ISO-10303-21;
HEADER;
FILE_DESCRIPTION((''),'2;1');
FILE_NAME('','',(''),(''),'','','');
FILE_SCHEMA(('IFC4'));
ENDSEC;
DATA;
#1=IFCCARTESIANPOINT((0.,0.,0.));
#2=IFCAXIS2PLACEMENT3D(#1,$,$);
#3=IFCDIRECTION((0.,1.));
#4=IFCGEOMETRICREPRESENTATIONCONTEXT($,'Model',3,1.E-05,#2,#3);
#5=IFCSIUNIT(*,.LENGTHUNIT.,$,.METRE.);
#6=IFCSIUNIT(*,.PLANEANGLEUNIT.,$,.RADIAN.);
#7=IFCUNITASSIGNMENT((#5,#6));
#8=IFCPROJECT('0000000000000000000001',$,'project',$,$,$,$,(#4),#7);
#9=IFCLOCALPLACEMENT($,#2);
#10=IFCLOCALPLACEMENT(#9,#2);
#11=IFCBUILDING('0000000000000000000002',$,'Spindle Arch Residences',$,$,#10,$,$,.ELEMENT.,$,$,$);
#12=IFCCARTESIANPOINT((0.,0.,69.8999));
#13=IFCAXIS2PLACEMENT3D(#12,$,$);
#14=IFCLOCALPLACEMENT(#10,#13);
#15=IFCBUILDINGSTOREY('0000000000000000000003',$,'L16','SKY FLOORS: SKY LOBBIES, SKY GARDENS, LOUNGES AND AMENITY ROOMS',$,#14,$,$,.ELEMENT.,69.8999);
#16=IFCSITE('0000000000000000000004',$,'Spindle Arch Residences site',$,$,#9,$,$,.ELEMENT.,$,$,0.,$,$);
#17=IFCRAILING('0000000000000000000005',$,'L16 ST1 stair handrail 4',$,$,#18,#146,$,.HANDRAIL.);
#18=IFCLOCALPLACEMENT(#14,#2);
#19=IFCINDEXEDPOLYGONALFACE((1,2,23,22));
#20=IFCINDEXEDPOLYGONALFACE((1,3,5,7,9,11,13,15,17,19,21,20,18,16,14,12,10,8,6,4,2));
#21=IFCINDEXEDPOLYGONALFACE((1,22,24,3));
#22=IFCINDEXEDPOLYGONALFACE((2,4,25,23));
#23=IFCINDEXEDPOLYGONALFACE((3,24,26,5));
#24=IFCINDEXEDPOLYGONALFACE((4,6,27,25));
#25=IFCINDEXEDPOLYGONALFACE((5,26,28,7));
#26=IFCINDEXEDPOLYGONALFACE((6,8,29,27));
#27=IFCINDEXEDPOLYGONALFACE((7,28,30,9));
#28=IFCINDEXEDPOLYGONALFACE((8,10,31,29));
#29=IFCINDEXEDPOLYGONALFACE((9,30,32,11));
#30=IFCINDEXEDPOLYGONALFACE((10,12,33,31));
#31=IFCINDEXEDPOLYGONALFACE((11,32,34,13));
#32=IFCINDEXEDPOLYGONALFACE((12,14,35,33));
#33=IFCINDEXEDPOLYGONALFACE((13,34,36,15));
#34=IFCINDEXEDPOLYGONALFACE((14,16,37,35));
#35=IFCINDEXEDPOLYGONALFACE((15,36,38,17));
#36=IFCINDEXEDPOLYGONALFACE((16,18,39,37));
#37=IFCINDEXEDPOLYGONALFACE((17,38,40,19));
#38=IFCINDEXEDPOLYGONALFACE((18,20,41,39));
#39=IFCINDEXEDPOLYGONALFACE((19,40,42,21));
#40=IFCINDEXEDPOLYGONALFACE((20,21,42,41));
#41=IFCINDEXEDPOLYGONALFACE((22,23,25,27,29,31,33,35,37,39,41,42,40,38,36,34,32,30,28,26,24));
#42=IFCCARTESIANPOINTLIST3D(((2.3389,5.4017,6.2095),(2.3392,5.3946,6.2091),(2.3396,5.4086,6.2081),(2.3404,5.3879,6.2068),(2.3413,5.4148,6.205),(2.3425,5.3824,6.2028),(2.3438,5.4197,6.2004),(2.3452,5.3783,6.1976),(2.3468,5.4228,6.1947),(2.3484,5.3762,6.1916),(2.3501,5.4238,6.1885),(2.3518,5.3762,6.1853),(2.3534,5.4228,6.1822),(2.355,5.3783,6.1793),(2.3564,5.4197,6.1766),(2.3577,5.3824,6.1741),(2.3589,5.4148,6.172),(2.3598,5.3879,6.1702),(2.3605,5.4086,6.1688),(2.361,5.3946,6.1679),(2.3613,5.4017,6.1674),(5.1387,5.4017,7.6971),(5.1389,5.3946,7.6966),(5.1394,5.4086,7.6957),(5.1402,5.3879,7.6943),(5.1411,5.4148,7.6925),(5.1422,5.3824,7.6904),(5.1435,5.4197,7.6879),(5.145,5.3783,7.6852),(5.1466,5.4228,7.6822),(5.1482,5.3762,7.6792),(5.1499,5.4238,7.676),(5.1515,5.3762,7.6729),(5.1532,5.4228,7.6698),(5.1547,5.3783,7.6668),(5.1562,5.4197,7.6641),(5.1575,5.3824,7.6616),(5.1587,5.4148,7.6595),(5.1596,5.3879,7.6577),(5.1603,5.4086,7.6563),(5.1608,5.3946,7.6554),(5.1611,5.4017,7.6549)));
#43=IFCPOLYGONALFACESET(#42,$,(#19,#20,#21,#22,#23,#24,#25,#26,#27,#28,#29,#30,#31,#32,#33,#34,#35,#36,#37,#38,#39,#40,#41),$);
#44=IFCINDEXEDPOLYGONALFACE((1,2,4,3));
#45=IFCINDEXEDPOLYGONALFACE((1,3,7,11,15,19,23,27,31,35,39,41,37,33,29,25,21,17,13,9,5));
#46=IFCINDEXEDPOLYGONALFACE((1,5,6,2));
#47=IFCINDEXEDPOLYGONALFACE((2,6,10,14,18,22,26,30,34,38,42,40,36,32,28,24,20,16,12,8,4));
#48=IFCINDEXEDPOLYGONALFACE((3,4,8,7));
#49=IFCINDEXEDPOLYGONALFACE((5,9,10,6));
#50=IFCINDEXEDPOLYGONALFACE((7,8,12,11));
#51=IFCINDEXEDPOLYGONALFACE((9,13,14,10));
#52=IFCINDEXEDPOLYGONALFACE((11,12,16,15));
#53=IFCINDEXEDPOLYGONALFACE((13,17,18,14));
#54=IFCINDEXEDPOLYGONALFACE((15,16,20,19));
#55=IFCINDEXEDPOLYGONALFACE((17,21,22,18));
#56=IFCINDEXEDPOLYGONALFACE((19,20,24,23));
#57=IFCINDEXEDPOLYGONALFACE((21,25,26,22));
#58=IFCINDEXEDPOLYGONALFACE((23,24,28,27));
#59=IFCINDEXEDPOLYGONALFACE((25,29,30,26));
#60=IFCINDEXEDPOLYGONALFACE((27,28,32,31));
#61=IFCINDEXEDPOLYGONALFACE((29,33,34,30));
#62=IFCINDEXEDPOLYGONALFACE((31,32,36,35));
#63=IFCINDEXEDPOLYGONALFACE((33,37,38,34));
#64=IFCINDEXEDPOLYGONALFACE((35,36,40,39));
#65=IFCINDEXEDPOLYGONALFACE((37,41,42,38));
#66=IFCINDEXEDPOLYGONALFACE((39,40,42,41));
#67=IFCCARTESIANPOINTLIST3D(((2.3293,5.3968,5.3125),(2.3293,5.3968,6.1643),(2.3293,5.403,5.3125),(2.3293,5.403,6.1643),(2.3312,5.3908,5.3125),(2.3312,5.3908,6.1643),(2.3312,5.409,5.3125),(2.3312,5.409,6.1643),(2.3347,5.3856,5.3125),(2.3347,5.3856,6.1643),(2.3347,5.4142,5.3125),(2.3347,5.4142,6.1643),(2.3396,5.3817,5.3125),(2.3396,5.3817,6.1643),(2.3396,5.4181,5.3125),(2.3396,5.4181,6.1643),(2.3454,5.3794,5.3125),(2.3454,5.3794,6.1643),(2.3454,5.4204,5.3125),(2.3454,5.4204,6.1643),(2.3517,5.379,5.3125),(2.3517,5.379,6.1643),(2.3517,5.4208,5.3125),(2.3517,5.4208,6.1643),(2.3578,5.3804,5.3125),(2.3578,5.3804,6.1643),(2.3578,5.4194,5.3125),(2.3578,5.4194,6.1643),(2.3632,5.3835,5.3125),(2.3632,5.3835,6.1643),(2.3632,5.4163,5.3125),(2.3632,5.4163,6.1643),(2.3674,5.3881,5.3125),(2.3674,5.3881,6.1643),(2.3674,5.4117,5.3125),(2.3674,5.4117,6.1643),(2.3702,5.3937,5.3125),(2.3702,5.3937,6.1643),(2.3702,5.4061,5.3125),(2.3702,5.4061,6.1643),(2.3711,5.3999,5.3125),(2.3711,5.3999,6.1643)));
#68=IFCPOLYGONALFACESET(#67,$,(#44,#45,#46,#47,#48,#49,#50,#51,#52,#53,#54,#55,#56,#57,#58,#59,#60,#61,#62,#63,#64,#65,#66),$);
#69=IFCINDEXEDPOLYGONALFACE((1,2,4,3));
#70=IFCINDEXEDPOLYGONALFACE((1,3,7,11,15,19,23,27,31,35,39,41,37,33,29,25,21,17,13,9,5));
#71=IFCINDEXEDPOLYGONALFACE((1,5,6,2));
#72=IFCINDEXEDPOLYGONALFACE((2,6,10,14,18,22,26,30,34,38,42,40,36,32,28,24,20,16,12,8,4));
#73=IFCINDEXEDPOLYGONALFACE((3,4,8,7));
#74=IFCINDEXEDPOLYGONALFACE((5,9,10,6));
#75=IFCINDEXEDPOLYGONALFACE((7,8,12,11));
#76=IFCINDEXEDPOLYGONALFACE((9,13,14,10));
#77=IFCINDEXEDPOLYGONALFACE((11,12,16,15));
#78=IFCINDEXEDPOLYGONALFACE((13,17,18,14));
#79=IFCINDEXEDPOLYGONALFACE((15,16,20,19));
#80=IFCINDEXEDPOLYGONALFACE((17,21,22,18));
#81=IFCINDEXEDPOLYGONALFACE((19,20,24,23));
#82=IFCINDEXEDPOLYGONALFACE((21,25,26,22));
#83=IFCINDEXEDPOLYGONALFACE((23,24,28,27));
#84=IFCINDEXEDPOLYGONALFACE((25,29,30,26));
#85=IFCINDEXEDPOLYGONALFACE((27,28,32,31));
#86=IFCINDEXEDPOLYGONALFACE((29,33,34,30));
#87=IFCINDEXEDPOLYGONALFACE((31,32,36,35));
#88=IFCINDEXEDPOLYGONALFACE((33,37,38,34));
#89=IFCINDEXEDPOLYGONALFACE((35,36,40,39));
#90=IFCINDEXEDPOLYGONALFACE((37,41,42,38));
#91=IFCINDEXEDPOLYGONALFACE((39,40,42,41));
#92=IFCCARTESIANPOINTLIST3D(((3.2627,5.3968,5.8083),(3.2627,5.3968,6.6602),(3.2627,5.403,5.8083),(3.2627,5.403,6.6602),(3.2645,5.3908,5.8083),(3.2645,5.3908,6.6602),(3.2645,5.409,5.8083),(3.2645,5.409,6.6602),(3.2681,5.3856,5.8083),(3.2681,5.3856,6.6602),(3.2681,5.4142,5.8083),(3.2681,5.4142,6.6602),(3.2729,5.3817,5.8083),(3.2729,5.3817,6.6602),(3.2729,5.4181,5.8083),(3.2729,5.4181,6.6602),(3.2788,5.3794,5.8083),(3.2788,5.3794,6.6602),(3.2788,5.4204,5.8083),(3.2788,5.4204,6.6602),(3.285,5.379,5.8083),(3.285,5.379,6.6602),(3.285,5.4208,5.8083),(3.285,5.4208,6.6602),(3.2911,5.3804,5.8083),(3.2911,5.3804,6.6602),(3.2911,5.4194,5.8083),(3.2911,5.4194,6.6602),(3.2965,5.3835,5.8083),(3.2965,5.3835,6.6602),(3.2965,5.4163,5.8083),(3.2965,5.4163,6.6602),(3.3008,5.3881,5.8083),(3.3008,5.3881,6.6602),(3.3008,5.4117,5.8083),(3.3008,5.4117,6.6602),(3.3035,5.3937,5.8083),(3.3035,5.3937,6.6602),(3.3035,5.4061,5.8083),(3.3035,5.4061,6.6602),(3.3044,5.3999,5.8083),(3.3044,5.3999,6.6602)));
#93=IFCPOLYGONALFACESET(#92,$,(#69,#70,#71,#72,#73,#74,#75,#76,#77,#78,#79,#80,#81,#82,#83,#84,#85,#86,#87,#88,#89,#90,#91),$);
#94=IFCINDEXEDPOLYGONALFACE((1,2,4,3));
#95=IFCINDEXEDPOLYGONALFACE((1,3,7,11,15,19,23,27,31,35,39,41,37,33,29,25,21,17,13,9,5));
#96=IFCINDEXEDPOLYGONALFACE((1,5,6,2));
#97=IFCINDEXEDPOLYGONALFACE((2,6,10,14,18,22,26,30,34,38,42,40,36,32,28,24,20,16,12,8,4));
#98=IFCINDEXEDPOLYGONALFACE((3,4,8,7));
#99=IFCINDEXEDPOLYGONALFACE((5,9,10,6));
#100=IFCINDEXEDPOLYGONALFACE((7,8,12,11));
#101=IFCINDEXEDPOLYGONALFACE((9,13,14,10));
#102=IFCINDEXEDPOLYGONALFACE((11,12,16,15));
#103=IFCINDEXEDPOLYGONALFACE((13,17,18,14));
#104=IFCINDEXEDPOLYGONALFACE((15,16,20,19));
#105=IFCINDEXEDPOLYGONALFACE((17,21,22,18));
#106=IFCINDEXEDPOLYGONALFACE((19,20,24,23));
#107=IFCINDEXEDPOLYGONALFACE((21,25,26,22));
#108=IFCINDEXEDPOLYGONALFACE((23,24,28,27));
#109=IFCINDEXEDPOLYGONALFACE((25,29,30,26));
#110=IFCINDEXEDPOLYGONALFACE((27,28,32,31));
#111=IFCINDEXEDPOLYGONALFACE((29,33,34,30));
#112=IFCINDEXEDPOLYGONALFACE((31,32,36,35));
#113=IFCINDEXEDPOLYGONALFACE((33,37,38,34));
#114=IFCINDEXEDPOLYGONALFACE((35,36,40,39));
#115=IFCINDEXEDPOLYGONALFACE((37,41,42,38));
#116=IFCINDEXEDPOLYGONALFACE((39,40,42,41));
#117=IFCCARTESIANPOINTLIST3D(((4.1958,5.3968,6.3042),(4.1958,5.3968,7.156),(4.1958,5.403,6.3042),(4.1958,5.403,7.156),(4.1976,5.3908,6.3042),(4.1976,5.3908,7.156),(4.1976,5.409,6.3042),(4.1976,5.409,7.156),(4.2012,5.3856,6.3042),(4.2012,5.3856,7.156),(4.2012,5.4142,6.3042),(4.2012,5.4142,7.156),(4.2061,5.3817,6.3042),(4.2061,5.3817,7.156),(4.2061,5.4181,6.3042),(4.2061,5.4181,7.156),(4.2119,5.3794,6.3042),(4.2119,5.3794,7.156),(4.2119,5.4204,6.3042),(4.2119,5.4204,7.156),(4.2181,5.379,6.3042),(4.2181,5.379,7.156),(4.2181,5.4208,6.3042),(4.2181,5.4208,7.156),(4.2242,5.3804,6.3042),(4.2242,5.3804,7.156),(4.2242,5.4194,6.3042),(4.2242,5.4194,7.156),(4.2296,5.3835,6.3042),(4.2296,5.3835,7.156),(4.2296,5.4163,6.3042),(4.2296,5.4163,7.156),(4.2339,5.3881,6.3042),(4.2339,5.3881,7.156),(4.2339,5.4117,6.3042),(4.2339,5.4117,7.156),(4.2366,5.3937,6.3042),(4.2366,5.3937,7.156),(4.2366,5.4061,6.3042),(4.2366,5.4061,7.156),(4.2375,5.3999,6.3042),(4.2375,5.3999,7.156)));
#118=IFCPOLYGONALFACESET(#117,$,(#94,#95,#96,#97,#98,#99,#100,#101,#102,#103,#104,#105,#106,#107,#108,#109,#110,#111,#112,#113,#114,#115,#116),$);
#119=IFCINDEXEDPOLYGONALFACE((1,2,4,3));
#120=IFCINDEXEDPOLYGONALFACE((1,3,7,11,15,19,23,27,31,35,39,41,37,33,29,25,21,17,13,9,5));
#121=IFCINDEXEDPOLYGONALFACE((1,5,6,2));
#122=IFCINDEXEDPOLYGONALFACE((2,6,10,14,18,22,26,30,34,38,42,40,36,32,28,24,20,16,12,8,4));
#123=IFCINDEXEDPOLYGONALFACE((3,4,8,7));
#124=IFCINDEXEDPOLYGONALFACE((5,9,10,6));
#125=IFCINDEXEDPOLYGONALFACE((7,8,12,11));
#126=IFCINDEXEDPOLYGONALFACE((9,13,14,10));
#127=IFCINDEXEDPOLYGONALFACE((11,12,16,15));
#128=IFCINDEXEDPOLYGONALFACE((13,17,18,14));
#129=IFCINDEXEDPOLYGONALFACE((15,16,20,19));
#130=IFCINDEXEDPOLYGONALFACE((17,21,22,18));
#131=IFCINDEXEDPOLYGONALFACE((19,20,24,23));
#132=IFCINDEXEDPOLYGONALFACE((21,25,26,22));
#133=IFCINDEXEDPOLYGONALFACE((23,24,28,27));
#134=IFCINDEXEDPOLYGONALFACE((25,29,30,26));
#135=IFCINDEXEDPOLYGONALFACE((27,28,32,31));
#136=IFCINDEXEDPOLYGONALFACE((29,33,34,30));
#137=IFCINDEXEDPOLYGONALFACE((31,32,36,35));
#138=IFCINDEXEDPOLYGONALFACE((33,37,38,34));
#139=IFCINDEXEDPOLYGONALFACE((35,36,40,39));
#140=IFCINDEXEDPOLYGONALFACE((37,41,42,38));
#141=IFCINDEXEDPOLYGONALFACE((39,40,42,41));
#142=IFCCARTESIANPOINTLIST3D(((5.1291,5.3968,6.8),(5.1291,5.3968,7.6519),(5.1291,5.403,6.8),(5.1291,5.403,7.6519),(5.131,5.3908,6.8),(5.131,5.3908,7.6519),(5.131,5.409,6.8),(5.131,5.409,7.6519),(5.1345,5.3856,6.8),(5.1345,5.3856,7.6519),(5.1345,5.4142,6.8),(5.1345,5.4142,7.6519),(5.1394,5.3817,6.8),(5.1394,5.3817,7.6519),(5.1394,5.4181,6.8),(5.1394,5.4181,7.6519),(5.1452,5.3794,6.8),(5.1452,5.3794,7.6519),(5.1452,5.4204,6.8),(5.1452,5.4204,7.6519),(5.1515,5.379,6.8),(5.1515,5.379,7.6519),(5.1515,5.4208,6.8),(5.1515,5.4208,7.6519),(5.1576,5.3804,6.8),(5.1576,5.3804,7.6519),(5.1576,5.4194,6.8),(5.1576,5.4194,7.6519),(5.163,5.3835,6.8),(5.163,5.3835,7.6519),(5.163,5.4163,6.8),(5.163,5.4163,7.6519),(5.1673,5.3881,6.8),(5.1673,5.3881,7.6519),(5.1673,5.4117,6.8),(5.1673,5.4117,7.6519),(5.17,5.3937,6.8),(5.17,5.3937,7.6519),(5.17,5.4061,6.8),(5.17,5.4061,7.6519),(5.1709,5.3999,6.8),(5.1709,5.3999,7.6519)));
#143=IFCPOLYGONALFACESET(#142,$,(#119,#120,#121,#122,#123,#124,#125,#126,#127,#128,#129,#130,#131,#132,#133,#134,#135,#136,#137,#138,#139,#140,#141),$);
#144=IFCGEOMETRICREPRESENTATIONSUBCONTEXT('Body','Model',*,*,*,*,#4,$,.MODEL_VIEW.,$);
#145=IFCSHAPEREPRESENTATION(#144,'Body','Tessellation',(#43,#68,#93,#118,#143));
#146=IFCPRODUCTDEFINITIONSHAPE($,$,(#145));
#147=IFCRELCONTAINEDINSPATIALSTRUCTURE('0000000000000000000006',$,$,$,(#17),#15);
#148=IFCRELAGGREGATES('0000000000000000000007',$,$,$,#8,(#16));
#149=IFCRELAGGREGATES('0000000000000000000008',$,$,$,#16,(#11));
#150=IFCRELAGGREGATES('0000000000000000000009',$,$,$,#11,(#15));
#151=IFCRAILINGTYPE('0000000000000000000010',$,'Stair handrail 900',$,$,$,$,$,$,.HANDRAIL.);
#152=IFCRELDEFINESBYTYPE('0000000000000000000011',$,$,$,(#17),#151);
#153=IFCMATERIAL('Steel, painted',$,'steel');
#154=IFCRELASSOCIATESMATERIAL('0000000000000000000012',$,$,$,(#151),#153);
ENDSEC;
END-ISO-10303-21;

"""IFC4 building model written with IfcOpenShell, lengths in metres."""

from ifc_helpers import new_model, si_unit, direction, frame, origin, origin_2d, place, context, subcontext, project, spatial, circle, extrude, material, type_object, element, save


model = new_model("IFC4")

# Units and contexts
model_context = context("Model", 3, precision=1e-05, world=origin(), true_north=direction((0.0, 1.0)))
body_context = subcontext(model_context, "Body", "Model", "MODEL_VIEW")
ifc_project = project(units=[si_unit("LENGTHUNIT", "METRE"), si_unit("PLANEANGLEUNIT", "RADIAN")], contexts=[model_context])

# Site, building, storey
site_placement = place(None, origin())
site = spatial("IfcSite", under=ifc_project, at=site_placement, Name="Spindle Arch Residences site", CompositionType="ELEMENT", RefElevation=0.0)
building_placement = place(site_placement, origin())
building = spatial("IfcBuilding", under=site, at=building_placement, Name="Spindle Arch Residences", CompositionType="ELEMENT")
storey_placement = place(building_placement, frame((0.0, 0.0, 69.8999)))
storey = spatial("IfcBuildingStorey", under=building, at=storey_placement, Name="L16", Description="SKY FLOORS: SKY LOBBIES, SKY GARDENS, LOUNGES AND AMENITY ROOMS", CompositionType="ELEMENT", Elevation=69.8999)

# Railing
ifc_material_1 = material(Name="Steel, painted", Category="steel")
railing_type_1 = type_object("IfcRailingType", Name="Stair handrail 900", PredefinedType="HANDRAIL", material=ifc_material_1)
railing_1_placement = place(storey_placement, frame((2.3501, 5.3999, 5.3125)))
element("IfcRailing", 1, at=railing_1_placement, inside=storey, type_object=railing_type_1, Name="L16 ST1 stair handrail 4", PredefinedType="HANDRAIL", context=body_context, shape_type="SweptSolid", body=[
    extrude(circle(Radius=0.0239, at=origin_2d()), frame((0.0, 0.0, 0.876), z_axis=(0.883096, 0.0, 0.469193), x_axis=(0.0, 1.0, 0.0)), (0.0, 0.0, 1.0), 3.1704),
    extrude(circle(Radius=0.021, at=origin_2d()), origin(), (0.0, 0.0, 1.0), 0.8518),
    extrude(circle(Radius=0.021, at=origin_2d()), frame((0.9333, 0.0, 0.4958)), (0.0, 0.0, 1.0), 0.8518),
    extrude(circle(Radius=0.021, at=origin_2d()), frame((1.8665, 0.0, 0.9917)), (0.0, 0.0, 1.0), 0.8518),
    extrude(circle(Radius=0.021, at=origin_2d()), frame((2.7998, 0.0, 1.4875)), (0.0, 0.0, 1.0), 0.8518),
])

save(model, "model.ifc")
